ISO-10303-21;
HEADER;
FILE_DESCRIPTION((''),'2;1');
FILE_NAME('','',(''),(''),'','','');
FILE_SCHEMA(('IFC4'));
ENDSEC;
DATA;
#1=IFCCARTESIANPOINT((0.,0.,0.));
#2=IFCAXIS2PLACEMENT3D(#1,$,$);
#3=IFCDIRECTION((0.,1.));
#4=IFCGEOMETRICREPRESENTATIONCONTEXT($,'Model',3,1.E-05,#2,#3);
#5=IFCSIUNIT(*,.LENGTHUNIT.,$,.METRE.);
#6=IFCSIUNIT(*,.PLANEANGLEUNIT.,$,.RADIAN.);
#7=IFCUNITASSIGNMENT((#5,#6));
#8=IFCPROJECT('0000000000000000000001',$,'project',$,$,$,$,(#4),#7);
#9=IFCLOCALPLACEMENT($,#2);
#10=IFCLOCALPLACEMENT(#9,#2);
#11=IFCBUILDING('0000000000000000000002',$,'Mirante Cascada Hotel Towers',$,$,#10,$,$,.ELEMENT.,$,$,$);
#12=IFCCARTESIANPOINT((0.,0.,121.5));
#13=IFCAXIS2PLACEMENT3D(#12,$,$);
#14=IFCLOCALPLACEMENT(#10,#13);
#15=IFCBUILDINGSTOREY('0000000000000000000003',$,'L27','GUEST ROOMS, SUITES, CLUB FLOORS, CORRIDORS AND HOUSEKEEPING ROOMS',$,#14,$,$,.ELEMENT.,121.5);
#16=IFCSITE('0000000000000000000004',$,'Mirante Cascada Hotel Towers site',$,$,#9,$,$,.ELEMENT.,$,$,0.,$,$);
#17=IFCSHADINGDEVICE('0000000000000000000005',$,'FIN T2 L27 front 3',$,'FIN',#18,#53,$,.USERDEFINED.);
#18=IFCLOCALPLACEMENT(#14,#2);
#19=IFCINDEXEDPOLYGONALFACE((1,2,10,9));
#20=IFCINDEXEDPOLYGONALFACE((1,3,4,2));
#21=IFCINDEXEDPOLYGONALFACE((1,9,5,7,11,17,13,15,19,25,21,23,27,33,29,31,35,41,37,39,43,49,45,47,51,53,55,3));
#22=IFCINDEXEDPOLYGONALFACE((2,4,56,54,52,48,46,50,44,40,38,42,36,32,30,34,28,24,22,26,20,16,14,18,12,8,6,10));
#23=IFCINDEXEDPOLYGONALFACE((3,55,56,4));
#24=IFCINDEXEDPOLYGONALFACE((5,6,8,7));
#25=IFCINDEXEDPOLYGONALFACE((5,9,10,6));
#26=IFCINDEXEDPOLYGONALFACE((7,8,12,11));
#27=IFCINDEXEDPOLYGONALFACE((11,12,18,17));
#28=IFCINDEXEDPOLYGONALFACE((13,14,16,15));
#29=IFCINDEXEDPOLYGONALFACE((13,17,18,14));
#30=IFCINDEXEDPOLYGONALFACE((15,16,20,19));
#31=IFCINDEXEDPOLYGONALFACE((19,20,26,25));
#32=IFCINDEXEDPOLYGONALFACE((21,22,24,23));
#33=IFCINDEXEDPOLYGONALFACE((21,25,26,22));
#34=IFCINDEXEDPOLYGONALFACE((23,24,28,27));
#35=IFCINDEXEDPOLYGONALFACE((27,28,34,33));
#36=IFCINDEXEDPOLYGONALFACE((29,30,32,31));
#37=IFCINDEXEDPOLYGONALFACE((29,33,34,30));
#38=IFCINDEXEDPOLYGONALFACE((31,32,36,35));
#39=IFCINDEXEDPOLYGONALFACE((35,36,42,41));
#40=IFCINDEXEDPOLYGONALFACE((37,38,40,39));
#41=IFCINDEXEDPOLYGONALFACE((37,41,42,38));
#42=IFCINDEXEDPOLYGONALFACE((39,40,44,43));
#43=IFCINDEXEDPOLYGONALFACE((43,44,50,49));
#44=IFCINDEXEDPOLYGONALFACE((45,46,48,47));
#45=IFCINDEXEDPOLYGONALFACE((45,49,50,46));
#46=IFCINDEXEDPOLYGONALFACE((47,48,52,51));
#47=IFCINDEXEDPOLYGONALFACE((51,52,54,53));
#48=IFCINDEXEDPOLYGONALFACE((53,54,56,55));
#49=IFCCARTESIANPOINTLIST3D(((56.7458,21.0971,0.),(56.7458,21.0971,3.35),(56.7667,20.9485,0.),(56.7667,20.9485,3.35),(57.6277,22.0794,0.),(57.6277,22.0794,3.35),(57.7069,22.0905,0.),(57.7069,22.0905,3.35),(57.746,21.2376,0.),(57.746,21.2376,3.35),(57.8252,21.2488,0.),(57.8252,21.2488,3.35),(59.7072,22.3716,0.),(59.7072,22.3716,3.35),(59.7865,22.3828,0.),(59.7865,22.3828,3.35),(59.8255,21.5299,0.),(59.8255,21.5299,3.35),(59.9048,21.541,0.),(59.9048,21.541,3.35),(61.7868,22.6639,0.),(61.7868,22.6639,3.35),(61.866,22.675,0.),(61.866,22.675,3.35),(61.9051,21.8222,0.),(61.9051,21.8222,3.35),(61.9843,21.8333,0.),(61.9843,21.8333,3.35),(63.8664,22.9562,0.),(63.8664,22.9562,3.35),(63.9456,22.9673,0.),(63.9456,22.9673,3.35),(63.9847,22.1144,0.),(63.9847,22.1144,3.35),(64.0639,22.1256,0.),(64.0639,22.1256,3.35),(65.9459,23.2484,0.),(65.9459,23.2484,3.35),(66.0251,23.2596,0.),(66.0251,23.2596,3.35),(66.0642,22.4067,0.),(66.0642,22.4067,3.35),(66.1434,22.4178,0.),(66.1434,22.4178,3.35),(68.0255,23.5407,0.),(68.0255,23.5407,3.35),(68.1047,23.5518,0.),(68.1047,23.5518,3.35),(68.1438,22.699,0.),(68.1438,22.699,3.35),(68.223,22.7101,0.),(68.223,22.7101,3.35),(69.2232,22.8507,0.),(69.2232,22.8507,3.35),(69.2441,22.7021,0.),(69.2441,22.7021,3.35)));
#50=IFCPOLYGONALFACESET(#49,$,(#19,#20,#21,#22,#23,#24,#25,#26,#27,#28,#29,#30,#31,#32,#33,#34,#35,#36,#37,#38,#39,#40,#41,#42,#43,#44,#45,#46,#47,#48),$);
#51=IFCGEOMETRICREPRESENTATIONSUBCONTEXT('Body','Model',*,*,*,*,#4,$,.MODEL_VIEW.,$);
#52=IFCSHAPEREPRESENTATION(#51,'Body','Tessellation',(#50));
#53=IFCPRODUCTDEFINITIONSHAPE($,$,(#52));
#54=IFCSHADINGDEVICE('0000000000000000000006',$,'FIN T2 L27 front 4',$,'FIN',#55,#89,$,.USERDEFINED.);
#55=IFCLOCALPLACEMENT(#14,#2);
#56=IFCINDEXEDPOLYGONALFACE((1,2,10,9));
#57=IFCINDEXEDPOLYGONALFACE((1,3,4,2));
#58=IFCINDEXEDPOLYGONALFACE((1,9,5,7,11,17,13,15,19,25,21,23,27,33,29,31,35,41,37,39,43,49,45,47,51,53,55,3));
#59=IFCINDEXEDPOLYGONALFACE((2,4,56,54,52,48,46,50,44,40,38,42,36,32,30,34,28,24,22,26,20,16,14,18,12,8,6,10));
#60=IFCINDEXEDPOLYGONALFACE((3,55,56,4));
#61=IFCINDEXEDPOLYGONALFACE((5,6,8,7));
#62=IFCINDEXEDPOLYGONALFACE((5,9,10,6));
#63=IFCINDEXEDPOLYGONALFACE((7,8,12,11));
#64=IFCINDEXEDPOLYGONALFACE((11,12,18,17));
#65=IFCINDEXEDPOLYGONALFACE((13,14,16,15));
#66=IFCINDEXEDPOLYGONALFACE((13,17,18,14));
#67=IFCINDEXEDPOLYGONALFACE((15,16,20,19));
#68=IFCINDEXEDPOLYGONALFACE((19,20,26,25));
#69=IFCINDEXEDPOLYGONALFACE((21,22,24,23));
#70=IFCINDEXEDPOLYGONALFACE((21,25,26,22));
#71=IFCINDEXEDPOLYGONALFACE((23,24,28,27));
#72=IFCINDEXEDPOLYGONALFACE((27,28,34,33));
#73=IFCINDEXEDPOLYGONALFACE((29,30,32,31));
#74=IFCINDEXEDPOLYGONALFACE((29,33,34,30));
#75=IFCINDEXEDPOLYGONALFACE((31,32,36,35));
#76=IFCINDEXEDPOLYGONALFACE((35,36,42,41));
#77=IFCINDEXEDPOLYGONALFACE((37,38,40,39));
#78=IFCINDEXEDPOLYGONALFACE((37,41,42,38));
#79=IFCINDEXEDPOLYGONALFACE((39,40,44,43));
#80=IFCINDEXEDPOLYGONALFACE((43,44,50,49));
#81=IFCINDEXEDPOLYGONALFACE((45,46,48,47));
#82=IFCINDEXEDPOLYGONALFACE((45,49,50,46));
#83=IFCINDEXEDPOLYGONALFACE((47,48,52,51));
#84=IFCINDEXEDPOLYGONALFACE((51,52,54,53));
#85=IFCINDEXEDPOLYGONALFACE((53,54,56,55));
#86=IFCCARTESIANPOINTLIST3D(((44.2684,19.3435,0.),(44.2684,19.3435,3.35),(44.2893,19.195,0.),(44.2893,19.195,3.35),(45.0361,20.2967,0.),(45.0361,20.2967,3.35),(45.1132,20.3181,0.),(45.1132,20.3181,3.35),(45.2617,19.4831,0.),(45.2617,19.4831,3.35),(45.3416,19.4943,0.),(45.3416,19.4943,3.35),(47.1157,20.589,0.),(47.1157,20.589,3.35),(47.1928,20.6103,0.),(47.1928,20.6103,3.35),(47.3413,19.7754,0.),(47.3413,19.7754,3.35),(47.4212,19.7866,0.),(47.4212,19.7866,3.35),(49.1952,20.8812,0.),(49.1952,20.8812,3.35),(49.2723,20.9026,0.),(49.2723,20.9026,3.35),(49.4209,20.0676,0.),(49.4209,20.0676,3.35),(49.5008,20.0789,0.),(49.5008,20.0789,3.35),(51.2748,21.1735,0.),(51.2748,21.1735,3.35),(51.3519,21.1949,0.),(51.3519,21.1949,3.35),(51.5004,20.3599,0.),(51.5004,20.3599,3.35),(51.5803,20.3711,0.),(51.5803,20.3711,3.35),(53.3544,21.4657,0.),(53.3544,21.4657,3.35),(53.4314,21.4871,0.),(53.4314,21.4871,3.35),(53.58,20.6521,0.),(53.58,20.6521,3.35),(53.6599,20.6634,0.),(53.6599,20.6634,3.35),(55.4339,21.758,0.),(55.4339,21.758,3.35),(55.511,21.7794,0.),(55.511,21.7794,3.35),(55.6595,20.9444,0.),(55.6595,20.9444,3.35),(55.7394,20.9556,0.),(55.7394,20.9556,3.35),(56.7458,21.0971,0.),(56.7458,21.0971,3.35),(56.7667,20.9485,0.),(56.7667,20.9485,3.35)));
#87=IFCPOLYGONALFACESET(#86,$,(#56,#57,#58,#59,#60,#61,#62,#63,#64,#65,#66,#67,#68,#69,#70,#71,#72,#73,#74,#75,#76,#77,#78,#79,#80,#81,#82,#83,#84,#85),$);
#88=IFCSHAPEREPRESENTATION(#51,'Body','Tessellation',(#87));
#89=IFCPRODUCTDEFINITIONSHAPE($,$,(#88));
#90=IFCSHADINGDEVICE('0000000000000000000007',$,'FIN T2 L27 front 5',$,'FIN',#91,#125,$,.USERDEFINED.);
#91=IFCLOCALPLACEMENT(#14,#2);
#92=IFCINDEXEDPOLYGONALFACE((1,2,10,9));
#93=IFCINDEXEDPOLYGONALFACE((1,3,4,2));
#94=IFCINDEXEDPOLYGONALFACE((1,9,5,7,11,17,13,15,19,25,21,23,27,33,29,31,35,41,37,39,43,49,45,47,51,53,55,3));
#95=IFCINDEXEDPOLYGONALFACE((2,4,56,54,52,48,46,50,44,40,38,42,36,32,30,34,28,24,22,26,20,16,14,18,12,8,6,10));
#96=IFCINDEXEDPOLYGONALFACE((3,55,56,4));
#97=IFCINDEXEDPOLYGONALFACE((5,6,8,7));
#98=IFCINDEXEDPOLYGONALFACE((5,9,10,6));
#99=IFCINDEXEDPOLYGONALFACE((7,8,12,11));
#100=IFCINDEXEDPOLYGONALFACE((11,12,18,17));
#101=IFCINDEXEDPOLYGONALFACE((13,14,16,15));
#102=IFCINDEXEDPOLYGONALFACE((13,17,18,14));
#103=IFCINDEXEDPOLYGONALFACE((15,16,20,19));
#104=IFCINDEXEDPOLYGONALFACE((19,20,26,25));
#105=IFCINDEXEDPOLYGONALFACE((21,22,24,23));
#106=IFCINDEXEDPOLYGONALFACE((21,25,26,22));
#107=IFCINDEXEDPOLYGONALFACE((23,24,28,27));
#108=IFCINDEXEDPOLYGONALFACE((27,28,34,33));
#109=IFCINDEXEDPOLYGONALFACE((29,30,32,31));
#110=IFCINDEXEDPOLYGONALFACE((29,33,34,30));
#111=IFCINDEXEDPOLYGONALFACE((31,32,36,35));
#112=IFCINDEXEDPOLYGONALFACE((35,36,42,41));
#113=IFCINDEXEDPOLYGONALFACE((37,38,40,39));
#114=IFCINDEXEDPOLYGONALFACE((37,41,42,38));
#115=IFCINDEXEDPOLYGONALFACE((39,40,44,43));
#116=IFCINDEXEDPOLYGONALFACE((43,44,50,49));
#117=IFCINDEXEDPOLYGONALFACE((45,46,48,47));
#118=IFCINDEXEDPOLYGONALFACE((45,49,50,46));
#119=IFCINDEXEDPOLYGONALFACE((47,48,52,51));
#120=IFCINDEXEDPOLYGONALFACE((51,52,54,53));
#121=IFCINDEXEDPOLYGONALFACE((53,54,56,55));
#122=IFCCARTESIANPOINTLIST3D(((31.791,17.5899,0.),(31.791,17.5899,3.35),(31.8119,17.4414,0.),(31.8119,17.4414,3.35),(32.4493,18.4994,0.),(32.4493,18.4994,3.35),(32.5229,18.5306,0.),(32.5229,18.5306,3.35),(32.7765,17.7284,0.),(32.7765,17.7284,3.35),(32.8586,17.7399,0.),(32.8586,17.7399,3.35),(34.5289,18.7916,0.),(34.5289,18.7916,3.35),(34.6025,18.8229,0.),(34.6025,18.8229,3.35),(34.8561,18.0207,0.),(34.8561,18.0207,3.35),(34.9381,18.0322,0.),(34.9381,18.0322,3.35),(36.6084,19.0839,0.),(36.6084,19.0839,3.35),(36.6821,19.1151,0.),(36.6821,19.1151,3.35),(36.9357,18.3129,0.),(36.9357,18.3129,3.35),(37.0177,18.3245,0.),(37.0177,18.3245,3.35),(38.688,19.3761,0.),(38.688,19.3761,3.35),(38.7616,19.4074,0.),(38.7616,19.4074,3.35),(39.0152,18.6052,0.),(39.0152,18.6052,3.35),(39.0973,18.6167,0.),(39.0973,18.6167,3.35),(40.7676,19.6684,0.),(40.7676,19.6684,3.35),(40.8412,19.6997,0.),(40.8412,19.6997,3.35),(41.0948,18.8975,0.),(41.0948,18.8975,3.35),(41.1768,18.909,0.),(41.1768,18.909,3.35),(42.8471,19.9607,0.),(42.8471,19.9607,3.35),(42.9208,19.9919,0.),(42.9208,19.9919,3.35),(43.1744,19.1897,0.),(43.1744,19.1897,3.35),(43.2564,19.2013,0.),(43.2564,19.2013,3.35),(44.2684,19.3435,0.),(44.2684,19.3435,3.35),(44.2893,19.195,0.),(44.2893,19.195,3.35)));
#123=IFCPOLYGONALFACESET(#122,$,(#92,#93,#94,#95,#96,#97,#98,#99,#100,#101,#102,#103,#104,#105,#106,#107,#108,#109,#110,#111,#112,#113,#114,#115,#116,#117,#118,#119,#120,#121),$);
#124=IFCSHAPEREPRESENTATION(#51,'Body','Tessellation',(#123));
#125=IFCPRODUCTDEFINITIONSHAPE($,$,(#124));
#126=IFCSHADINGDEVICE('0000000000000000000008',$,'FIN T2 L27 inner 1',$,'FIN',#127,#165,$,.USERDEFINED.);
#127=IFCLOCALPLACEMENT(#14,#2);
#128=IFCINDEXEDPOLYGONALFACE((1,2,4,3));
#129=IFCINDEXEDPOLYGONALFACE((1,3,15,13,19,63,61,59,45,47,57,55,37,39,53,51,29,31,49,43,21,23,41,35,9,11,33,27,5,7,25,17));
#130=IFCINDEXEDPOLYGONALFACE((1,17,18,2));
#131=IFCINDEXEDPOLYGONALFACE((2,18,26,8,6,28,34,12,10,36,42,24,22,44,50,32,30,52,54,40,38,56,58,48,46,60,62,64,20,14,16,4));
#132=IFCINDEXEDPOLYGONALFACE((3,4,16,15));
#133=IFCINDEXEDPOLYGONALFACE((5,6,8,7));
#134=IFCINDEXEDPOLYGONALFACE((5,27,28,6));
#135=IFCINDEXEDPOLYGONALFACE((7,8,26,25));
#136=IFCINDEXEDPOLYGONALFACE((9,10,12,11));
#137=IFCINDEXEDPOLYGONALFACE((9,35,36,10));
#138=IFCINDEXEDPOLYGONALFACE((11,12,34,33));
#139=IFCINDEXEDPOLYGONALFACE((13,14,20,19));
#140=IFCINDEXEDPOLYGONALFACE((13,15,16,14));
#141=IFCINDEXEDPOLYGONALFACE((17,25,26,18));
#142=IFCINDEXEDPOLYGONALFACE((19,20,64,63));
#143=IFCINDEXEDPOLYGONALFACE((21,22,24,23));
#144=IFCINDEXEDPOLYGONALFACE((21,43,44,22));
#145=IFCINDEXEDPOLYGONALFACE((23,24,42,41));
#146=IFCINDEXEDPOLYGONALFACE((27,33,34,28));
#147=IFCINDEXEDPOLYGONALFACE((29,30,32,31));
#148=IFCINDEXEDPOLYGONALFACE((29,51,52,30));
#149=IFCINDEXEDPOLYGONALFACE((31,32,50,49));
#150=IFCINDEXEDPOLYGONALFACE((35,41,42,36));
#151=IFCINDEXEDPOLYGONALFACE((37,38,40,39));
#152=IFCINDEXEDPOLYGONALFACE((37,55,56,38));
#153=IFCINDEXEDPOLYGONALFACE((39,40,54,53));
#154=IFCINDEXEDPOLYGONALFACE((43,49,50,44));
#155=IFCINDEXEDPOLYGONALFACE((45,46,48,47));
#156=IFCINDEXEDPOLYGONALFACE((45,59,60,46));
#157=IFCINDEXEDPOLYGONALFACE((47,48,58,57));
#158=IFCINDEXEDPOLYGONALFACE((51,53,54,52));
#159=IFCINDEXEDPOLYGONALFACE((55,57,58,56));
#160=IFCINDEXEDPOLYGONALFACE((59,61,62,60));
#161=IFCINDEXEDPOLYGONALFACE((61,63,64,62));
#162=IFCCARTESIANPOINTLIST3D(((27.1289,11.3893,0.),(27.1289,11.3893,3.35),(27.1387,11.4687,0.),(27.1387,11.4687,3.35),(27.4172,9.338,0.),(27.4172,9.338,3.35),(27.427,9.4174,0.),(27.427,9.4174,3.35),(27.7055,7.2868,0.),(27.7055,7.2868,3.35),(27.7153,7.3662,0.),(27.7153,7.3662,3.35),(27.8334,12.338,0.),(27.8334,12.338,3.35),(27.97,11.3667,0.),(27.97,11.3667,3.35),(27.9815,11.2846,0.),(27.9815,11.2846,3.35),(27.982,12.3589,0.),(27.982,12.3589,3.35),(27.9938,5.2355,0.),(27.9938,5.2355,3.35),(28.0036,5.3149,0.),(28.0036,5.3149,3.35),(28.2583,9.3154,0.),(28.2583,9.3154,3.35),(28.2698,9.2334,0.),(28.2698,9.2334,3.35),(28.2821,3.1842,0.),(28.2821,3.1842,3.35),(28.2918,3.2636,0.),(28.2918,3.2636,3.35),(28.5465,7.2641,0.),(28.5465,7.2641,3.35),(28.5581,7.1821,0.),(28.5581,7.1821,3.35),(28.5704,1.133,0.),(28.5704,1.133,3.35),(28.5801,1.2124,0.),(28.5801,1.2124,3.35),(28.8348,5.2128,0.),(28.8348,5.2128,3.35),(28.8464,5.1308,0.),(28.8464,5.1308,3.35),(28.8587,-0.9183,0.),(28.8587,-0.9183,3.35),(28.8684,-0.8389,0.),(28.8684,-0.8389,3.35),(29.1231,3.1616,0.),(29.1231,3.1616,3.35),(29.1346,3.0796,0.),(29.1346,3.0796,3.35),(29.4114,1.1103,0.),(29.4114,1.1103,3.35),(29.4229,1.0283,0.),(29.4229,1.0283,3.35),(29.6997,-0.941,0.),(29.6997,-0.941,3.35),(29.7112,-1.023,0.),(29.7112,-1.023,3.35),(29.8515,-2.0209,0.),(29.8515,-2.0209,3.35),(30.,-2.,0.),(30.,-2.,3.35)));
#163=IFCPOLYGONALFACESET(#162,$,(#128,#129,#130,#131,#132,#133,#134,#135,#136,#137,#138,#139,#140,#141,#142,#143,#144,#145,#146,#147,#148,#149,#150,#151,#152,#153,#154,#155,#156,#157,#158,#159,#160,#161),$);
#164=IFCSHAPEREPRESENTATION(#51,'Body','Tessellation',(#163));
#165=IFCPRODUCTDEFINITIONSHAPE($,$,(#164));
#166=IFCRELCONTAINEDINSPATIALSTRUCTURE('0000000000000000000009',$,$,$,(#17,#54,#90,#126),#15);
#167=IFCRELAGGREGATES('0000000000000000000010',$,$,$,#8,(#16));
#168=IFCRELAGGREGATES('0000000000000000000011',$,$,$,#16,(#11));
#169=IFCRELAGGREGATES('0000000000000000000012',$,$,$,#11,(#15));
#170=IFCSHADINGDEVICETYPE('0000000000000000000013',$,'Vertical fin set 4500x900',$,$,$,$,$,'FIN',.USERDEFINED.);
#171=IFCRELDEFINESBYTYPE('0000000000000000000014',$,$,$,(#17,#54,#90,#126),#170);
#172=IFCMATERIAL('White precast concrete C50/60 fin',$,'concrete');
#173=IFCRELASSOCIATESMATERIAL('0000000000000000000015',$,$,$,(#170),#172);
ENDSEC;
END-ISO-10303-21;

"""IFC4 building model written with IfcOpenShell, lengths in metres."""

from ifc_helpers import new_model, si_unit, direction, frame, origin, place, context, subcontext, project, spatial, polyline, outline, extrude, material, type_object, element, save


model = new_model("IFC4")

# Units and contexts
model_context = context("Model", 3, precision=1e-05, world=origin(), true_north=direction((0.0, 1.0)))
body_context = subcontext(model_context, "Body", "Model", "MODEL_VIEW")
ifc_project = project(units=[si_unit("LENGTHUNIT", "METRE"), si_unit("PLANEANGLEUNIT", "RADIAN")], contexts=[model_context])

# Site, building, storey
site_placement = place(None, origin())
site = spatial("IfcSite", under=ifc_project, at=site_placement, Name="Mirante Cascada Hotel Towers site", CompositionType="ELEMENT", RefElevation=0.0)
building_placement = place(site_placement, origin())
building = spatial("IfcBuilding", under=site, at=building_placement, Name="Mirante Cascada Hotel Towers", CompositionType="ELEMENT")
storey_placement = place(building_placement, frame((0.0, 0.0, 121.5)))
storey = spatial("IfcBuildingStorey", under=building, at=storey_placement, Name="L27", Description="GUEST ROOMS, SUITES, CLUB FLOORS, CORRIDORS AND HOUSEKEEPING ROOMS", CompositionType="ELEMENT", Elevation=121.5)

# Shading devices
ifc_material_1 = material(Name="White precast concrete C50/60 fin", Category="concrete")
shading_device_type = type_object("IfcShadingDeviceType", Name="Vertical fin set 4500x900", ElementType="FIN", PredefinedType="USERDEFINED", material=ifc_material_1)
shading_device_1_placement = place(storey_placement, origin())
element("IfcShadingDevice", 1, at=shading_device_1_placement, inside=storey, type_object=shading_device_type, Name="FIN T2 L27 front 3", ObjectType="FIN", PredefinedType="USERDEFINED", context=body_context, shape_type="SweptSolid", body=[
    extrude(outline(polyline([(57.7069, 22.0905), (57.8252, 21.2488), (59.8255, 21.5299), (59.7072, 22.3716), (59.7865, 22.3828), (59.9048, 21.541), (61.9051, 21.8222), (61.7868, 22.6639), (61.866, 22.675), (61.9843, 21.8333), (63.9847, 22.1144), (63.8664, 22.9562), (63.9456, 22.9673), (64.0639, 22.1256), (66.0642, 22.4067), (65.9459, 23.2484), (66.0251, 23.2596), (66.1434, 22.4178), (68.1438, 22.699), (68.0255, 23.5407), (68.1047, 23.5518), (68.223, 22.7101), (69.2232, 22.8507), (69.2441, 22.7021), (56.7667, 20.9485), (56.7458, 21.0971), (57.746, 21.2376), (57.6277, 22.0794), (57.7069, 22.0905)])), origin(), (0.0, 0.0, 1.0), 3.35),
])
shading_device_2_placement = place(storey_placement, origin())
element("IfcShadingDevice", 2, at=shading_device_2_placement, inside=storey, type_object=shading_device_type, Name="FIN T2 L27 front 4", ObjectType="FIN", PredefinedType="USERDEFINED", context=body_context, shape_type="SweptSolid", body=[
    extrude(outline(polyline([(45.1132, 20.3181), (45.3416, 19.4943), (47.3413, 19.7754), (47.1157, 20.589), (47.1928, 20.6103), (47.4212, 19.7866), (49.4209, 20.0676), (49.1952, 20.8812), (49.2723, 20.9026), (49.5008, 20.0789), (51.5004, 20.3599), (51.2748, 21.1735), (51.3519, 21.1949), (51.5803, 20.3711), (53.58, 20.6521), (53.3544, 21.4657), (53.4314, 21.4871), (53.6599, 20.6634), (55.6595, 20.9444), (55.4339, 21.758), (55.511, 21.7794), (55.7394, 20.9556), (56.7458, 21.0971), (56.7667, 20.9485), (44.2893, 19.195), (44.2684, 19.3435), (45.2617, 19.4831), (45.0361, 20.2967), (45.1132, 20.3181)])), origin(), (0.0, 0.0, 1.0), 3.35),
])
shading_device_3_placement = place(storey_placement, origin())
element("IfcShadingDevice", 3, at=shading_device_3_placement, inside=storey, type_object=shading_device_type, Name="FIN T2 L27 front 5", ObjectType="FIN", PredefinedType="USERDEFINED", context=body_context, shape_type="SweptSolid", body=[
    extrude(outline(polyline([(32.5229, 18.5306), (32.8586, 17.7399), (34.8561, 18.0207), (34.5289, 18.7916), (34.6025, 18.8229), (34.9381, 18.0322), (36.9357, 18.3129), (36.6084, 19.0839), (36.6821, 19.1151), (37.0177, 18.3245), (39.0152, 18.6052), (38.688, 19.3761), (38.7616, 19.4074), (39.0973, 18.6167), (41.0948, 18.8975), (40.7676, 19.6684), (40.8412, 19.6997), (41.1768, 18.909), (43.1744, 19.1897), (42.8471, 19.9607), (42.9208, 19.9919), (43.2564, 19.2013), (44.2684, 19.3435), (44.2893, 19.195), (31.8119, 17.4414), (31.791, 17.5899), (32.7765, 17.7284), (32.4493, 18.4994), (32.5229, 18.5306)])), origin(), (0.0, 0.0, 1.0), 3.35),
])
shading_device_4_placement = place(storey_placement, origin())
element("IfcShadingDevice", 4, at=shading_device_4_placement, inside=storey, type_object=shading_device_type, Name="FIN T2 L27 inner 1", ObjectType="FIN", PredefinedType="USERDEFINED", context=body_context, shape_type="SweptSolid", body=[
    extrude(outline(polyline([(28.8684, -0.8389), (29.6997, -0.941), (29.4229, 1.0283), (28.5704, 1.133), (28.5801, 1.2124), (29.4114, 1.1103), (29.1346, 3.0796), (28.2821, 3.1842), (28.2918, 3.2636), (29.1231, 3.1616), (28.8464, 5.1308), (27.9938, 5.2355), (28.0036, 5.3149), (28.8348, 5.2128), (28.5581, 7.1821), (27.7055, 7.2868), (27.7153, 7.3662), (28.5465, 7.2641), (28.2698, 9.2334), (27.4172, 9.338), (27.427, 9.4174), (28.2583, 9.3154), (27.9815, 11.2846), (27.1289, 11.3893), (27.1387, 11.4687), (27.97, 11.3667), (27.8334, 12.338), (27.982, 12.3589), (30.0, -2.0), (29.8515, -2.0209), (29.7112, -1.023), (28.8587, -0.9183), (28.8684, -0.8389)])), origin(), (0.0, 0.0, 1.0), 3.35),
])

save(model, "model.ifc")
